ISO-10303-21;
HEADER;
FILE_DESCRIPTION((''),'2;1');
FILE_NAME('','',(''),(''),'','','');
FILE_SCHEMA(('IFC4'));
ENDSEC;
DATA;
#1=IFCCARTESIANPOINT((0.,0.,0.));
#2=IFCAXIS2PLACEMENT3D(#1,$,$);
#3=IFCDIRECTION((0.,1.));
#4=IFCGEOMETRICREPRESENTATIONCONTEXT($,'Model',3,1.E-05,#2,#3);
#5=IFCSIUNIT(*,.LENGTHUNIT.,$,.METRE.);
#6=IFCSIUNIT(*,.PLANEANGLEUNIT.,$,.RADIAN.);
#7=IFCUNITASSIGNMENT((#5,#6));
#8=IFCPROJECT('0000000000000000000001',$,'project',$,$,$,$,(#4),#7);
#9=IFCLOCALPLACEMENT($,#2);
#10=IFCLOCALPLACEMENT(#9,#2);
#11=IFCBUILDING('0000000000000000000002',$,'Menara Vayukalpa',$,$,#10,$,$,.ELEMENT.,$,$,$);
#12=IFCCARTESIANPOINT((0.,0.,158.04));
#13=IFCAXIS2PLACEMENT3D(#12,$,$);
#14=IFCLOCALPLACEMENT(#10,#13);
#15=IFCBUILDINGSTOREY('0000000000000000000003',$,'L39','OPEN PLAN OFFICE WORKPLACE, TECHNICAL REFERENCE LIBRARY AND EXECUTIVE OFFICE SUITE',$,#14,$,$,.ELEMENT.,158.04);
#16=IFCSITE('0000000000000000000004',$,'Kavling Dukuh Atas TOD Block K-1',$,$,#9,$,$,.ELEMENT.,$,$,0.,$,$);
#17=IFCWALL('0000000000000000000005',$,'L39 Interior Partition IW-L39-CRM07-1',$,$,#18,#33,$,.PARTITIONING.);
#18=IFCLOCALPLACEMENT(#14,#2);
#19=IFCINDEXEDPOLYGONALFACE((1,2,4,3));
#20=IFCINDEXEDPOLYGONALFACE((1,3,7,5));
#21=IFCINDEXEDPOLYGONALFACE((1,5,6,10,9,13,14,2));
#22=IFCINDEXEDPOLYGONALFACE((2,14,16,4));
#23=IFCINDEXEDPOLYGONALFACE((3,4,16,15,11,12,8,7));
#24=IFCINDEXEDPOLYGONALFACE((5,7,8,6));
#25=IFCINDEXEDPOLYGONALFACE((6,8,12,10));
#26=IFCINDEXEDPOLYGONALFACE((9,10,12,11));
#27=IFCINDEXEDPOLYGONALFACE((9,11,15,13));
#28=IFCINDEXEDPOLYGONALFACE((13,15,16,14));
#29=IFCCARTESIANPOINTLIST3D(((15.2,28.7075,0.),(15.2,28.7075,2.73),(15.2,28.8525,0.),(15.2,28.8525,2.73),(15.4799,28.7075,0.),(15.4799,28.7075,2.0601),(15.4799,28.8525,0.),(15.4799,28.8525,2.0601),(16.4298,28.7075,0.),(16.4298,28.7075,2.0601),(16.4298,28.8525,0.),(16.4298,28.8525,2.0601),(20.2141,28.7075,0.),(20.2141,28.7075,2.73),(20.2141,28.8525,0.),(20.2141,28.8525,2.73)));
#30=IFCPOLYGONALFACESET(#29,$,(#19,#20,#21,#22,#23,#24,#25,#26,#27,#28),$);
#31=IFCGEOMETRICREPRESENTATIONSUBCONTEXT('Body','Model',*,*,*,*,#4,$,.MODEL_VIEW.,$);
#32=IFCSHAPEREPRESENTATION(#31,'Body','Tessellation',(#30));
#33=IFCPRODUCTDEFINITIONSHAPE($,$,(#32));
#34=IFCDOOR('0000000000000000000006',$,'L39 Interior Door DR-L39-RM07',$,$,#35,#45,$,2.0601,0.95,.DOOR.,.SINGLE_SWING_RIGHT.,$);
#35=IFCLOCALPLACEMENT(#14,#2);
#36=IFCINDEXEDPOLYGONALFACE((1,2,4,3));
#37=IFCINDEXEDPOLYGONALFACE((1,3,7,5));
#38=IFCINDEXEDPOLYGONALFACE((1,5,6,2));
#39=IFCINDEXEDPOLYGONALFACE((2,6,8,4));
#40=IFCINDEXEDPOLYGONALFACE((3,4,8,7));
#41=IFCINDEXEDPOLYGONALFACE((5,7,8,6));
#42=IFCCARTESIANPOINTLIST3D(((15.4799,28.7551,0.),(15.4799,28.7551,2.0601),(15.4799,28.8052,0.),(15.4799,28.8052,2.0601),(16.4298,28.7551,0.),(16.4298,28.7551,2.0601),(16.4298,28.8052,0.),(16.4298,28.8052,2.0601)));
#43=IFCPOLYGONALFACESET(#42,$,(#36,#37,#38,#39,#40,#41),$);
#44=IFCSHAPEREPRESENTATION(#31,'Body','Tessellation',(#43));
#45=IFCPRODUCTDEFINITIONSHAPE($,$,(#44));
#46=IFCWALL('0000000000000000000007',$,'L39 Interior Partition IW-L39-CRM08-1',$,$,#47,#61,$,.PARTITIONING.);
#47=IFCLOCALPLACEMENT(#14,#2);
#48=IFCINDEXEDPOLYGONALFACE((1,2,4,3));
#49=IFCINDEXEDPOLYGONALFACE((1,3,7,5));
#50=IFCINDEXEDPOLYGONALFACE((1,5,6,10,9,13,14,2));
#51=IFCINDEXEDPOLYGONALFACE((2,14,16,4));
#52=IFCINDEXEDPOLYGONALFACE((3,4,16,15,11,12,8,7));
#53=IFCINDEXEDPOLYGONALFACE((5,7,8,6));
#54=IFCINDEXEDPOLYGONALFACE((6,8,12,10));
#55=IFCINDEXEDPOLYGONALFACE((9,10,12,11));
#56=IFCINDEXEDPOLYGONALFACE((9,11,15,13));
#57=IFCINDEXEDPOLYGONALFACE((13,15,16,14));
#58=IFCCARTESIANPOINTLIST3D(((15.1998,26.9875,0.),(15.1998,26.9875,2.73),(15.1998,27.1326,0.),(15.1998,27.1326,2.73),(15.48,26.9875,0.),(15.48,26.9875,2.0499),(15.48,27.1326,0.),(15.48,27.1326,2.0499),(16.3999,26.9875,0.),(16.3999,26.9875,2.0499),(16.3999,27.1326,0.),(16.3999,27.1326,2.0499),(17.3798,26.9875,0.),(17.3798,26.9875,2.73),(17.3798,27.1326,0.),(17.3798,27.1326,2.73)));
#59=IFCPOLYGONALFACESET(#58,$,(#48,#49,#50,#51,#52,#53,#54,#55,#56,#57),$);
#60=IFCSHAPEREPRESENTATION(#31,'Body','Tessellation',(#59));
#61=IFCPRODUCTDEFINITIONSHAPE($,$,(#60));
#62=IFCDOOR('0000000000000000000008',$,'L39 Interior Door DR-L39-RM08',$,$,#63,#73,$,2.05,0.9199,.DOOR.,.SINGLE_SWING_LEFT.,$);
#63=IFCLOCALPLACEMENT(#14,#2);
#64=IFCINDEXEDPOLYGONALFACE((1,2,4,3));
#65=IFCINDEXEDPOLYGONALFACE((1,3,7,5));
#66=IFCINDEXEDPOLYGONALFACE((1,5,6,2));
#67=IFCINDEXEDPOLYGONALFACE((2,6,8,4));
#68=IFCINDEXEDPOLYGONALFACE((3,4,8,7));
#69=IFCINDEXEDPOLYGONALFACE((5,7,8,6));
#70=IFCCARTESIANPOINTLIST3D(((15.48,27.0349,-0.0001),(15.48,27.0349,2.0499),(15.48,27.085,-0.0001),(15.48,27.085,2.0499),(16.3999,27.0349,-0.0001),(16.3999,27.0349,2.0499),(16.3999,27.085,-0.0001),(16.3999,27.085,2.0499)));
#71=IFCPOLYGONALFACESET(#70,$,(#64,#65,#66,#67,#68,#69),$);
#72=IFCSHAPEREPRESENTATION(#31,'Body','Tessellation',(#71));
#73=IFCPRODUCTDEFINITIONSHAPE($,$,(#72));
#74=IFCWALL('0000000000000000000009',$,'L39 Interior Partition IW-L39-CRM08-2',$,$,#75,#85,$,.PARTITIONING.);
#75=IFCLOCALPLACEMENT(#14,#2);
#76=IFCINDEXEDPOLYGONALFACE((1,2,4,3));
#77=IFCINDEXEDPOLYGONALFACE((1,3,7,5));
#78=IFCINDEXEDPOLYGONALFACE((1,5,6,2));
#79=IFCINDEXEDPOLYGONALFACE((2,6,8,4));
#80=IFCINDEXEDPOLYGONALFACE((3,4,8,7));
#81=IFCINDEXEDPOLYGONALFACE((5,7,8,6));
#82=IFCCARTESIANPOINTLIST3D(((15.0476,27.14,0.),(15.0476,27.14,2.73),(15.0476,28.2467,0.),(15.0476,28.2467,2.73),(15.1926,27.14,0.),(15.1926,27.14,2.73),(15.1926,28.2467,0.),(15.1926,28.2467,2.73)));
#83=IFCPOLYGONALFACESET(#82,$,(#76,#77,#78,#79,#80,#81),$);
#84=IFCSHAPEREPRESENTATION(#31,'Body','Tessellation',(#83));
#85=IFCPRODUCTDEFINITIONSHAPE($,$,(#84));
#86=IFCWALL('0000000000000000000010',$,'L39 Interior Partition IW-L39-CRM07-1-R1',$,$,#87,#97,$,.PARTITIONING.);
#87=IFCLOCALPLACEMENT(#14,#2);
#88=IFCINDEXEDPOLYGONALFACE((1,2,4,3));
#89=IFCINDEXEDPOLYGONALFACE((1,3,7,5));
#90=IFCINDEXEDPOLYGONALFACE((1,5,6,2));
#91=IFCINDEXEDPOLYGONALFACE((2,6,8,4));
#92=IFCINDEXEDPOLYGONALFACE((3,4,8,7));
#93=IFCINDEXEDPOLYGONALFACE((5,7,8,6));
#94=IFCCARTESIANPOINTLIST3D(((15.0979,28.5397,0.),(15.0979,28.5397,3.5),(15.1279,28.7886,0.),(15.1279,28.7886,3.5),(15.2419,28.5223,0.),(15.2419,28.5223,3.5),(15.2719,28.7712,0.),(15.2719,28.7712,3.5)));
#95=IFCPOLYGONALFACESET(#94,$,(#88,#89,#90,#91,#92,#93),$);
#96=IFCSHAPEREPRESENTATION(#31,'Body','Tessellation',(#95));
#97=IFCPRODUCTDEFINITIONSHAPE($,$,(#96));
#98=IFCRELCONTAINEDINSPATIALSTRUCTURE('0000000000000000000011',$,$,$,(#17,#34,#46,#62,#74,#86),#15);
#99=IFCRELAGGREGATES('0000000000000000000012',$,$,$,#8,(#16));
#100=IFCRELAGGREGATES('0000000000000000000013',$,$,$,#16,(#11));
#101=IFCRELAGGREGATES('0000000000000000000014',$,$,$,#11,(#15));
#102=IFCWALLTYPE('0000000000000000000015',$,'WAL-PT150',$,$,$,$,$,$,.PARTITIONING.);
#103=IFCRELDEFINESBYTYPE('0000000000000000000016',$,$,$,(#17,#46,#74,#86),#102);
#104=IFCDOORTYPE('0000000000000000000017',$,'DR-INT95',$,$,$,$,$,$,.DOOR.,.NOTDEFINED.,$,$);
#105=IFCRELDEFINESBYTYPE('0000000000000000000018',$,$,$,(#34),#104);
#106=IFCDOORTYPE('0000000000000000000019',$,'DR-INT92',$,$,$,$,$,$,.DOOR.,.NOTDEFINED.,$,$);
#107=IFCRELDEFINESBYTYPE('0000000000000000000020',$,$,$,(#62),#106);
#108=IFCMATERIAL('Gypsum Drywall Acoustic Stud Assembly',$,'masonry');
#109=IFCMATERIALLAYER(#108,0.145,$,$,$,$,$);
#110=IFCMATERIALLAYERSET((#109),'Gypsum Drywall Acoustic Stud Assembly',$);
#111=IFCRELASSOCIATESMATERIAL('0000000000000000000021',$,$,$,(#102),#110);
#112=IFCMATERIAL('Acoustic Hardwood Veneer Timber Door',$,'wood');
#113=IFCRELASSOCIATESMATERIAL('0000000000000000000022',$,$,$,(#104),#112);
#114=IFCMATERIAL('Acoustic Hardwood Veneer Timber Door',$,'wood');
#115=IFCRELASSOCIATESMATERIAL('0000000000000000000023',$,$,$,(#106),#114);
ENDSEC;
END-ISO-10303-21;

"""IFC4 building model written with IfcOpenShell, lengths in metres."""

from ifc_helpers import new_model, si_unit, direction, frame, frame_2d, origin, place, context, subcontext, project, spatial, rectangle, extrude, material, layer, layer_set, type_object, element, fill, save


model = new_model("IFC4")

# Units and contexts
model_context = context("Model", 3, precision=1e-05, world=origin(), true_north=direction((0.0, 1.0)))
body_context = subcontext(model_context, "Body", "Model", "MODEL_VIEW")
ifc_project = project(units=[si_unit("LENGTHUNIT", "METRE"), si_unit("PLANEANGLEUNIT", "RADIAN")], contexts=[model_context])

# Site, building, storey
site_placement = place(None, origin())
site = spatial("IfcSite", under=ifc_project, at=site_placement, Name="Kavling Dukuh Atas TOD Block K-1", CompositionType="ELEMENT", RefElevation=0.0)
building_placement = place(site_placement, origin())
building = spatial("IfcBuilding", under=site, at=building_placement, Name="Menara Vayukalpa", CompositionType="ELEMENT")
storey_placement = place(building_placement, frame((0.0, 0.0, 158.04)))
storey = spatial("IfcBuildingStorey", under=building, at=storey_placement, Name="L39", Description="OPEN PLAN OFFICE WORKPLACE, TECHNICAL REFERENCE LIBRARY AND EXECUTIVE OFFICE SUITE", CompositionType="ELEMENT", Elevation=158.04)

# Walls, openings, doors
ifc_material_1 = material(Name="Gypsum Drywall Acoustic Stud Assembly", Category="masonry")
ifc_layer_1 = layer(ifc_material_1, 0.145)
ifc_layer_set_1 = layer_set([ifc_layer_1], Name="Gypsum Drywall Acoustic Stud Assembly")
wall_type_1 = type_object("IfcWallType", Name="WAL-PT150", PredefinedType="PARTITIONING", material=ifc_layer_set_1)
wall_1_placement = place(storey_placement, frame((20.2141, 28.78, 0.0), z_axis=(0.0, 0.0, 1.0), x_axis=(-1.0, 0.0, 0.0)))
wall_1 = element("IfcWall", 1, at=wall_1_placement, inside=storey, type_object=wall_type_1, Name="L39 Interior Partition IW-L39-CRM07-1", PredefinedType="PARTITIONING", context=body_context, shape_type="SweptSolid", body=[
    extrude(rectangle(XDim=5.0142, YDim=0.145, at=frame_2d((2.5071, 0.0))), origin(), (0.0, 0.0, 1.0), 2.73),
])
opening_1_placement = place(wall_1_placement, frame((3.7842, 0.0, 0.0)))
opening_1 = element("IfcOpeningElement", 2, at=opening_1_placement, cuts=wall_1, PredefinedType="OPENING", context=body_context, shape_type="SweptSolid", body=[
    extrude(rectangle(XDim=0.95, YDim=2.0601, at=frame_2d((0.4751, 1.03))), frame((0.0, 0.0825, 0.0), z_axis=(0.0, -1.0, 0.0), x_axis=(1.0, 0.0, 0.0)), (0.0, 0.0, 1.0), 0.165),
])
ifc_material_2 = material(Name="Acoustic Hardwood Veneer Timber Door", Category="wood")
door_type_1 = type_object("IfcDoorType", Name="DR-INT95", OperationType="NOTDEFINED", PredefinedType="DOOR", material=ifc_material_2)
door_1_placement = place(opening_1_placement, origin())
door_1 = element("IfcDoor", 3, at=door_1_placement, inside=storey, type_object=door_type_1, Name="L39 Interior Door DR-L39-RM07", OperationType="SINGLE_SWING_RIGHT", OverallHeight=2.0601, OverallWidth=0.95, PredefinedType="DOOR", context=body_context, shape_type="SweptSolid", body=[
    extrude(rectangle(XDim=0.95, YDim=2.0601, at=frame_2d((0.4751, 1.03))), frame((0.0, 0.0249, 0.0), z_axis=(0.0, -1.0, 0.0), x_axis=(1.0, 0.0, 0.0)), (0.0, 0.0, 1.0), 0.05),
])
fill(opening_1, door_1)
wall_2_placement = place(storey_placement, frame((15.2, 27.0601, 0.0), z_axis=(0.0, 0.0, 1.0), x_axis=(1.0, 0.0, 0.0)))
wall_2 = element("IfcWall", 4, at=wall_2_placement, inside=storey, type_object=wall_type_1, Name="L39 Interior Partition IW-L39-CRM08-1", PredefinedType="PARTITIONING", context=body_context, shape_type="SweptSolid", body=[
    extrude(rectangle(XDim=2.1799, YDim=0.145, at=frame_2d((1.0898, 0.0))), origin(), (0.0, 0.0, 1.0), 2.73),
])
opening_2_placement = place(wall_2_placement, frame((0.28, 0.0, 0.0)))
opening_2 = element("IfcOpeningElement", 5, at=opening_2_placement, cuts=wall_2, PredefinedType="OPENING", context=body_context, shape_type="SweptSolid", body=[
    extrude(rectangle(XDim=0.9199, YDim=2.05, at=frame_2d((0.46, 1.0249))), frame((0.0, 0.0825, 0.0), z_axis=(0.0, -1.0, 0.0), x_axis=(1.0, 0.0, 0.0)), (0.0, 0.0, 1.0), 0.165),
])
ifc_material_3 = material(Name="Acoustic Hardwood Veneer Timber Door", Category="wood")
door_type_2 = type_object("IfcDoorType", Name="DR-INT92", OperationType="NOTDEFINED", PredefinedType="DOOR", material=ifc_material_3)
door_2_placement = place(opening_2_placement, origin())
door_2 = element("IfcDoor", 6, at=door_2_placement, inside=storey, type_object=door_type_2, Name="L39 Interior Door DR-L39-RM08", OperationType="SINGLE_SWING_LEFT", OverallHeight=2.05, OverallWidth=0.9199, PredefinedType="DOOR", context=body_context, shape_type="SweptSolid", body=[
    extrude(rectangle(XDim=0.9199, YDim=2.05, at=frame_2d((0.46, 1.0249))), frame((0.0, 0.0249, 0.0), z_axis=(0.0, -1.0, 0.0), x_axis=(1.0, 0.0, 0.0)), (0.0, 0.0, 1.0), 0.05),
])
fill(opening_2, door_2)

# Walls
wall_3_placement = place(storey_placement, frame((15.1201, 28.2466, 0.0), z_axis=(0.0, 0.0, 1.0), x_axis=(0.0, -1.0, 0.0)))
element("IfcWall", 7, at=wall_3_placement, inside=storey, type_object=wall_type_1, Name="L39 Interior Partition IW-L39-CRM08-2", PredefinedType="PARTITIONING", context=body_context, shape_type="SweptSolid", body=[
    extrude(rectangle(XDim=1.1067, YDim=0.145, at=frame_2d((0.5532, 0.0))), origin(), (0.0, 0.0, 1.0), 2.73),
])
wall_4_placement = place(storey_placement, frame((15.2, 28.78, 0.0), z_axis=(0.0, 0.0, 1.0), x_axis=(-0.119721, -0.992808, 0.0)))
element("IfcWall", 8, at=wall_4_placement, inside=storey, type_object=wall_type_1, Name="L39 Interior Partition IW-L39-CRM07-1-R1", PredefinedType="PARTITIONING", context=body_context, shape_type="SweptSolid", body=[
    extrude(rectangle(XDim=0.2507, YDim=0.145, at=frame_2d((0.1255, 0.0))), origin(), (0.0, 0.0, 1.0), 3.5),
])

save(model, "model.ifc")
